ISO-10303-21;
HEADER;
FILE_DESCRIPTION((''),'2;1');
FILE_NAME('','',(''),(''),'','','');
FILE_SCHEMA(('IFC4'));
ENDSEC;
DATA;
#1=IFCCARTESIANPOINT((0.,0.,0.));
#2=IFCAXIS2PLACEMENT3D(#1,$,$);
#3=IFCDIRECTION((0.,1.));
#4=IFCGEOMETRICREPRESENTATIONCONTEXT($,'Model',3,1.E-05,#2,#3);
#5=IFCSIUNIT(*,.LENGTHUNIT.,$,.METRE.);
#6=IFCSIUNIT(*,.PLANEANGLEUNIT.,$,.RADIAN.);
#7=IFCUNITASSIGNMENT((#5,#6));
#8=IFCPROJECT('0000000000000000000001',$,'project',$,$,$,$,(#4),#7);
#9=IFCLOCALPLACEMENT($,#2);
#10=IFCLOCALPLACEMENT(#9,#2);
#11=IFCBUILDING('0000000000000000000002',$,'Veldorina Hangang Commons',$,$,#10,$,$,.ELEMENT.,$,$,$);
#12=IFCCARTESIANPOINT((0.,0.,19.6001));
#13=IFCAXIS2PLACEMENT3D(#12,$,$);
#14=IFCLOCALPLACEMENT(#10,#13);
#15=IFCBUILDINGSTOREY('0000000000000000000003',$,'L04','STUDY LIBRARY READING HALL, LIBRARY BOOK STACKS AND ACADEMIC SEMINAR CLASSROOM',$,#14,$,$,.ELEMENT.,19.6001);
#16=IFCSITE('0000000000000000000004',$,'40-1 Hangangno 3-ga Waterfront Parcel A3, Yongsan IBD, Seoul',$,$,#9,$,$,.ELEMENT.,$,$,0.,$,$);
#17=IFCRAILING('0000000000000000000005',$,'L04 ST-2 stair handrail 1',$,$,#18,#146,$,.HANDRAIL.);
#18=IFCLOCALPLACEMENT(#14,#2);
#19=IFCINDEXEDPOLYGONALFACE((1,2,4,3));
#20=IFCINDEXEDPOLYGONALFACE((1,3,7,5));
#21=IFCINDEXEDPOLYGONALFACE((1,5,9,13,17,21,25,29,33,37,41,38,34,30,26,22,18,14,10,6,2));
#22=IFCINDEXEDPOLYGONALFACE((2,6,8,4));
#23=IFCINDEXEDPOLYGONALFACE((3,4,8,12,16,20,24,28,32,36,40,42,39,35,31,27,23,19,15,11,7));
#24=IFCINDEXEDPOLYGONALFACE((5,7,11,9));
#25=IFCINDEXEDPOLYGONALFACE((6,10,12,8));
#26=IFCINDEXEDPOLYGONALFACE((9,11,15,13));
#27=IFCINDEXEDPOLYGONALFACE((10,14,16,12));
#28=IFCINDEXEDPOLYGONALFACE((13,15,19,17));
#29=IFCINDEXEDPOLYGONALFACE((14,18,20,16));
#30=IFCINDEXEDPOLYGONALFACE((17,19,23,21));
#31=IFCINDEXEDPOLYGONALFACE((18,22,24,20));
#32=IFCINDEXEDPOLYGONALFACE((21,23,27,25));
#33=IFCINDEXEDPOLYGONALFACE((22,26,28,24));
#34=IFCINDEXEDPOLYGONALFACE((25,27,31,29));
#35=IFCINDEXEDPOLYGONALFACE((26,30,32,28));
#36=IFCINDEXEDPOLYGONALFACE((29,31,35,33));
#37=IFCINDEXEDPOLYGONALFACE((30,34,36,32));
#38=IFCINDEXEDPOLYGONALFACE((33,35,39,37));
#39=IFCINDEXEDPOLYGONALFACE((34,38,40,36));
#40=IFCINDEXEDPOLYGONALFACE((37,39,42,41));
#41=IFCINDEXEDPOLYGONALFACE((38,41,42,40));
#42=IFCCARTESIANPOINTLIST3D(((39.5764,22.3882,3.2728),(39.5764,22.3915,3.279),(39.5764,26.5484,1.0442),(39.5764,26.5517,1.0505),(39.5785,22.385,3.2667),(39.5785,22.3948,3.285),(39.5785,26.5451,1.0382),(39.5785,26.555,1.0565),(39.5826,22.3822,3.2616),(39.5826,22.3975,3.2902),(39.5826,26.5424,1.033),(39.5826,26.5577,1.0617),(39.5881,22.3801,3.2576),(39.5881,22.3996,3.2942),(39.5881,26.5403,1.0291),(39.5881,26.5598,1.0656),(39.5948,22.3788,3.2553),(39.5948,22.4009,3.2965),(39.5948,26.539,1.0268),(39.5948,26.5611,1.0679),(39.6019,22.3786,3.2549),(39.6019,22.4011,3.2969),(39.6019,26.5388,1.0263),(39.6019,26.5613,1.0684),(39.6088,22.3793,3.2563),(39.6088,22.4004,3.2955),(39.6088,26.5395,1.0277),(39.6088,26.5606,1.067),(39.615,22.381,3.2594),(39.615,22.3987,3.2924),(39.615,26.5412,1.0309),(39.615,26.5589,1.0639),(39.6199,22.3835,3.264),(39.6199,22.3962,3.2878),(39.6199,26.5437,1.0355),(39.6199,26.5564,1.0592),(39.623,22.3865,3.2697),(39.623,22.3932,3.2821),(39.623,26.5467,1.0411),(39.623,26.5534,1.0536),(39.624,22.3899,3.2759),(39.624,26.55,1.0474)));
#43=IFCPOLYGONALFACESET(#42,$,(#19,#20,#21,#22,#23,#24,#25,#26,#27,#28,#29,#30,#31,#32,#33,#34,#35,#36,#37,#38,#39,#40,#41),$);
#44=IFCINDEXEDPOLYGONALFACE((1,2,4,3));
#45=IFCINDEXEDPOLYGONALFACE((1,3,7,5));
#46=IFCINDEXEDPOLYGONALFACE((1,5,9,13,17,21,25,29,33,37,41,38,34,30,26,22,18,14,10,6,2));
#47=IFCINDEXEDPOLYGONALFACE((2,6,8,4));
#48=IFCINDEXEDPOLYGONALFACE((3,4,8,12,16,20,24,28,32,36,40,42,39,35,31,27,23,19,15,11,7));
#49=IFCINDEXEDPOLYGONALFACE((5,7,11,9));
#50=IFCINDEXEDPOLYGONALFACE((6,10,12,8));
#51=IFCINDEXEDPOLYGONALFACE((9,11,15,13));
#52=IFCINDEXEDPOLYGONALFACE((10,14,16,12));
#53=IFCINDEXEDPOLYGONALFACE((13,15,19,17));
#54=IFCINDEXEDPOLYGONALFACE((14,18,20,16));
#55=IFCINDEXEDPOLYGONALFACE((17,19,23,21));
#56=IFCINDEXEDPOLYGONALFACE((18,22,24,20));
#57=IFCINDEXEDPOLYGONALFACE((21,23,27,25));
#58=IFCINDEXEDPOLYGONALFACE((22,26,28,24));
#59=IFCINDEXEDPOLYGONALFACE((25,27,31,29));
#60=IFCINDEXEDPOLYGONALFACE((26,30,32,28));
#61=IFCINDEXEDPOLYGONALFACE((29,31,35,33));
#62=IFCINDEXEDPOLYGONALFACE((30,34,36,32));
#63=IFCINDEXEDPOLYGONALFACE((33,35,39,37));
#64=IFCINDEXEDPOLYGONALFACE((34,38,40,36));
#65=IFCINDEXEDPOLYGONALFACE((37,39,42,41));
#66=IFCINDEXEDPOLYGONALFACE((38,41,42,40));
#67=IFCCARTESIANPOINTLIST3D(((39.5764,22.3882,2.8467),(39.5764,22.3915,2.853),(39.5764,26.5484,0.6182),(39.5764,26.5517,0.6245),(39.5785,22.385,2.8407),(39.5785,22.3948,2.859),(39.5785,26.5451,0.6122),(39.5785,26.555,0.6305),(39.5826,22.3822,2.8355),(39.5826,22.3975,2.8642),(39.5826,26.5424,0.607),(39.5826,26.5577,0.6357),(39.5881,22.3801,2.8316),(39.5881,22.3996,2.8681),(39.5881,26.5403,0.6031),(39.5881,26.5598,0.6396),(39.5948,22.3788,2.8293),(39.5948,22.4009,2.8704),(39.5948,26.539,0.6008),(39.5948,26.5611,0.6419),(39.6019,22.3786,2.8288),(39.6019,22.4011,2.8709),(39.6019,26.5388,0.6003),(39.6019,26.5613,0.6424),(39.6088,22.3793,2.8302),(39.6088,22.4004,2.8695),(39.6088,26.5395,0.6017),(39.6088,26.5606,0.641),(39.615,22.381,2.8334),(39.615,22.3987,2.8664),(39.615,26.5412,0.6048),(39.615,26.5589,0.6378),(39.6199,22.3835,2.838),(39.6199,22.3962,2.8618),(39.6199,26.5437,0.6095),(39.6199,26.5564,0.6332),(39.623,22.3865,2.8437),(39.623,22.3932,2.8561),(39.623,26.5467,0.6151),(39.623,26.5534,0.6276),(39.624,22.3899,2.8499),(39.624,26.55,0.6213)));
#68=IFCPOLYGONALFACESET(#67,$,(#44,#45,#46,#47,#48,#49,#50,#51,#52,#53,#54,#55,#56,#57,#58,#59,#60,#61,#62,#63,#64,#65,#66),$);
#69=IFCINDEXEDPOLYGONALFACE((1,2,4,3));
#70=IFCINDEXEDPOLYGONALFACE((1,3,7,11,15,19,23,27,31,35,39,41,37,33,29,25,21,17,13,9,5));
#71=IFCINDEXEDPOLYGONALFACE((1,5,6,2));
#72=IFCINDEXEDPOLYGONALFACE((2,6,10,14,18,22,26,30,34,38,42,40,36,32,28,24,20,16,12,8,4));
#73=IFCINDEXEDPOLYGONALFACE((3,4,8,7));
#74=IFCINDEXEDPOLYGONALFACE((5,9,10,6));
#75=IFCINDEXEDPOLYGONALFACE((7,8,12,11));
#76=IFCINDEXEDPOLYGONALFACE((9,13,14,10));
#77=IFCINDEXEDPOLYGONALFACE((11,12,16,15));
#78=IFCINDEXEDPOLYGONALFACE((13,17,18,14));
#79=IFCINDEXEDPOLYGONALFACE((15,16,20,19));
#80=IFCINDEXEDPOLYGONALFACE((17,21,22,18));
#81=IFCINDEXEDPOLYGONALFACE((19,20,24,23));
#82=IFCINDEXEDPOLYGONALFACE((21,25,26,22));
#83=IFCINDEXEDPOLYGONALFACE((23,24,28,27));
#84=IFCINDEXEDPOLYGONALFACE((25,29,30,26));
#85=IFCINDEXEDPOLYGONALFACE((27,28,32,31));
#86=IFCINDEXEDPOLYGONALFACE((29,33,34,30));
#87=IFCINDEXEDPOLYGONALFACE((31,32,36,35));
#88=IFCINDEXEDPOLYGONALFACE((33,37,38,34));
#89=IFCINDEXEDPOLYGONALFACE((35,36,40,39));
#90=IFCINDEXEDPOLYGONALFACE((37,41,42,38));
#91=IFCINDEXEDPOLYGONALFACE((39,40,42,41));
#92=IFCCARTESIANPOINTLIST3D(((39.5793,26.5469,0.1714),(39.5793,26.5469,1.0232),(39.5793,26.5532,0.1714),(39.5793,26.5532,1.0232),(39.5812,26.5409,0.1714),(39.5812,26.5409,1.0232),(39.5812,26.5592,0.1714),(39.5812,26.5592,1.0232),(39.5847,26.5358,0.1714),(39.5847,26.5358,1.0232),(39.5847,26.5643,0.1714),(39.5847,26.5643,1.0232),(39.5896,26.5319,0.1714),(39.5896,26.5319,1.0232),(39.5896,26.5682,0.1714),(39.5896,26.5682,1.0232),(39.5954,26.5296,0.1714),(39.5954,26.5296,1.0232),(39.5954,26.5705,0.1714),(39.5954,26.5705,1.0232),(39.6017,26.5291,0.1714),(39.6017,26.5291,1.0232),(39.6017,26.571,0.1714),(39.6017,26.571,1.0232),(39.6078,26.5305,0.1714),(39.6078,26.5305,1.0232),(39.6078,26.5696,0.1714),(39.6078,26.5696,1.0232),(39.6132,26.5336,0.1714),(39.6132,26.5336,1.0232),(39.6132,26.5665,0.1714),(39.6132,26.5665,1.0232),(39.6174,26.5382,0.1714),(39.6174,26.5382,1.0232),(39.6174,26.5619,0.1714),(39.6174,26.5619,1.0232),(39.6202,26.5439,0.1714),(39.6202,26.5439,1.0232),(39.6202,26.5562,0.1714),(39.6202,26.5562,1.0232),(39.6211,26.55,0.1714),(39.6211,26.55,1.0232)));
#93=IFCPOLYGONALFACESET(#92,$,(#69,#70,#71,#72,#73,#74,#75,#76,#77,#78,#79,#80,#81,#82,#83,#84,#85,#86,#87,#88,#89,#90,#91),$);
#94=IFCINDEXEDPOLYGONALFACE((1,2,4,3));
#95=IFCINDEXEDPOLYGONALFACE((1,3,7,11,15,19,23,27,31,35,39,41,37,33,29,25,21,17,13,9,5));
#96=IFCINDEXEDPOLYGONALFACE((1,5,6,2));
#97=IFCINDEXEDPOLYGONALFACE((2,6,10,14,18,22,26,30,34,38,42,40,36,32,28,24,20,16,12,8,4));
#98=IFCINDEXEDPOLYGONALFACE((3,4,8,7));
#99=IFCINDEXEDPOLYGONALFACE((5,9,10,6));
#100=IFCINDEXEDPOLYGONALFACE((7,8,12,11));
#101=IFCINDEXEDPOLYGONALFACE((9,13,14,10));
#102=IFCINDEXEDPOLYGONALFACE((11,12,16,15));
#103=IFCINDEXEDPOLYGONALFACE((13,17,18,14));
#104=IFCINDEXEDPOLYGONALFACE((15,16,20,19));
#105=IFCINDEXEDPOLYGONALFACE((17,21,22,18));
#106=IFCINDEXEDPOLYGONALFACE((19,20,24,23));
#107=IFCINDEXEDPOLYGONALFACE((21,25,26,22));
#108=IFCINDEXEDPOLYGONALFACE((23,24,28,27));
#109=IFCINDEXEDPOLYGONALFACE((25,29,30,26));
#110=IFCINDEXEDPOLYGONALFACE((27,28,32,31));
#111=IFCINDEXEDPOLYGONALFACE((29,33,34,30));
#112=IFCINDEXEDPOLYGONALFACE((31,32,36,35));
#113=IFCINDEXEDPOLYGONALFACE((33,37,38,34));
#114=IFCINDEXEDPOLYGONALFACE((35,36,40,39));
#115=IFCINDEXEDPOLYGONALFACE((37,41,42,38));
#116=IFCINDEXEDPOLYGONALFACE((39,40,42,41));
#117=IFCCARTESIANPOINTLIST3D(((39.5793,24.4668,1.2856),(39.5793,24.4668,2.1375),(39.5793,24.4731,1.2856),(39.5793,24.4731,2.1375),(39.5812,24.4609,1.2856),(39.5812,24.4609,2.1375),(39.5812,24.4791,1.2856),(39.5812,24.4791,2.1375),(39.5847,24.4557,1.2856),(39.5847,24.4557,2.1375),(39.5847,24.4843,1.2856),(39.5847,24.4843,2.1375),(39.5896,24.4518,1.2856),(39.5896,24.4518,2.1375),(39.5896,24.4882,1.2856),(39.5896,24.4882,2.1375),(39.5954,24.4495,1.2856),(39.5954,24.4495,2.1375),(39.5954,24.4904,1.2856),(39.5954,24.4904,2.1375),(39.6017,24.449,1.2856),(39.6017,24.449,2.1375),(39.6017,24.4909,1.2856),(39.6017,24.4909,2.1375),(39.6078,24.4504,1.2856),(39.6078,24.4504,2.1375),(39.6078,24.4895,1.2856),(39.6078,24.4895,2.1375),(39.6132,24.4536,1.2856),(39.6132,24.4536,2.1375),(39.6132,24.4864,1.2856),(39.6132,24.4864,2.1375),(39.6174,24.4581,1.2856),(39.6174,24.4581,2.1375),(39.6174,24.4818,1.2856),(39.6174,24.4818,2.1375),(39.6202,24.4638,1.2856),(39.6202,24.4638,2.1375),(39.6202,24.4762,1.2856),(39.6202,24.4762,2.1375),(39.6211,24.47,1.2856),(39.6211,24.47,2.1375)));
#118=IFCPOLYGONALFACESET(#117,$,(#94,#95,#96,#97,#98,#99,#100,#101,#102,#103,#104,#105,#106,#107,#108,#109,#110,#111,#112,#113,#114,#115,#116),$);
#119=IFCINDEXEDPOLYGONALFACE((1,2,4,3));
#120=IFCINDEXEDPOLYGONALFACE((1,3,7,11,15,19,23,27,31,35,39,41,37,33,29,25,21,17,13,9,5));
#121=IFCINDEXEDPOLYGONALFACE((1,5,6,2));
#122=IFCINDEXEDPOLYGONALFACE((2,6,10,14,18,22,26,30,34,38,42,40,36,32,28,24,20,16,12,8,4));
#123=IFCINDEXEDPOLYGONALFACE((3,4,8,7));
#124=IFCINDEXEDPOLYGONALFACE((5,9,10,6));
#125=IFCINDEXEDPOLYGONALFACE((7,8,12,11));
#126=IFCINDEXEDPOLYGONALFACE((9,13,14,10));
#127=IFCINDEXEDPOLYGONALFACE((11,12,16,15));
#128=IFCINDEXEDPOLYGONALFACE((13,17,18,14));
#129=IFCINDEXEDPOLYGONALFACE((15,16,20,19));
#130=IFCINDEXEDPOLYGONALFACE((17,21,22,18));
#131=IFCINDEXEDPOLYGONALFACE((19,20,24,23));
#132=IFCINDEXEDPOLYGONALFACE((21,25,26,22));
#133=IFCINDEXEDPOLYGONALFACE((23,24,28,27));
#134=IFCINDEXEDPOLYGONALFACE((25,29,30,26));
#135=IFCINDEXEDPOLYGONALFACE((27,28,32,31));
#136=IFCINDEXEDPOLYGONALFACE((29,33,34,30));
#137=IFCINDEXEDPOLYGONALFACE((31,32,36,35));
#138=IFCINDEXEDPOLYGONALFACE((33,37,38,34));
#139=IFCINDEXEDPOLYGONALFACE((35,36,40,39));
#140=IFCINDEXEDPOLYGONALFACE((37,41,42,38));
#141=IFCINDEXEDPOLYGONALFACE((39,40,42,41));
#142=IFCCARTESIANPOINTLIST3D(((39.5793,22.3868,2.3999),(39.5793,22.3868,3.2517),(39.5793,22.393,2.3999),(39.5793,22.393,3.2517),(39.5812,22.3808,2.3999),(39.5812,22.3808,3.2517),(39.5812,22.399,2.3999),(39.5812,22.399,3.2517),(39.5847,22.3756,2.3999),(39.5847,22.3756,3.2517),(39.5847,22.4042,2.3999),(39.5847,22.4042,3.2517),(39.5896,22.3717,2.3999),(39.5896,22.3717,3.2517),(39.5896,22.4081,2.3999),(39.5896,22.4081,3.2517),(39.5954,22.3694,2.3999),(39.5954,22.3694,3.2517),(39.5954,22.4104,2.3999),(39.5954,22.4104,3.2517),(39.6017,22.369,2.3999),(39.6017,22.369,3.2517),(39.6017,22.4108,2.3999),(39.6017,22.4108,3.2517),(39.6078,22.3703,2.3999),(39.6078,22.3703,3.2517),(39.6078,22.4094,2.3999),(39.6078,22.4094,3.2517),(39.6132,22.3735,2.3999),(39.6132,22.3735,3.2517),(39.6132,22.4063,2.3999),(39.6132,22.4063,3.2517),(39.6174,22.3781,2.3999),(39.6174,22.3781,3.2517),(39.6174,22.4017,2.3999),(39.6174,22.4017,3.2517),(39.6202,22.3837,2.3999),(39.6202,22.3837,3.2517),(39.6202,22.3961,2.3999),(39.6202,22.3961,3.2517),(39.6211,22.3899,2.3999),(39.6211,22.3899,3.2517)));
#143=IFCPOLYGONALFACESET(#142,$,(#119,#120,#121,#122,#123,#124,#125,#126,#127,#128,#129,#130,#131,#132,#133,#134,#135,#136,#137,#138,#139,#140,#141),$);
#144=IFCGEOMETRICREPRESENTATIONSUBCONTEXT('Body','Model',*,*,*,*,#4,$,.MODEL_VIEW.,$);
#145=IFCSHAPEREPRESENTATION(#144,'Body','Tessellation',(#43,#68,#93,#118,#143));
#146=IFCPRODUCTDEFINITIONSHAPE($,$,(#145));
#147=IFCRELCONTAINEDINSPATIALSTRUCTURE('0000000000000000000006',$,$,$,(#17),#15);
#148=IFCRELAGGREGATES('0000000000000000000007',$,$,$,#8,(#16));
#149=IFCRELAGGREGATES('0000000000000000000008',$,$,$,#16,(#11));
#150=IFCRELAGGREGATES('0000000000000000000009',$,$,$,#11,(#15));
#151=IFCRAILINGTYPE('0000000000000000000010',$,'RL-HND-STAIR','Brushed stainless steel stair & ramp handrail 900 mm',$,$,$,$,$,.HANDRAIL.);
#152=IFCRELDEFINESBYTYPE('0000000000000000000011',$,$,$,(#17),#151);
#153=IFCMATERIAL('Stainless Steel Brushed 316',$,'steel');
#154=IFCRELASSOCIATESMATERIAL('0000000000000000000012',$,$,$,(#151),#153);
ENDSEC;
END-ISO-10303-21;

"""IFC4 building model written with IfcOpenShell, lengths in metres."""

from ifc_helpers import new_model, si_unit, direction, frame, origin, origin_2d, place, context, subcontext, project, spatial, circle, extrude, material, type_object, element, save


model = new_model("IFC4")

# Units and contexts
model_context = context("Model", 3, precision=1e-05, world=origin(), true_north=direction((0.0, 1.0)))
body_context = subcontext(model_context, "Body", "Model", "MODEL_VIEW")
ifc_project = project(units=[si_unit("LENGTHUNIT", "METRE"), si_unit("PLANEANGLEUNIT", "RADIAN")], contexts=[model_context])

# Site, building, storey
site_placement = place(None, origin())
site = spatial("IfcSite", under=ifc_project, at=site_placement, Name="40-1 Hangangno 3-ga Waterfront Parcel A3, Yongsan IBD, Seoul", CompositionType="ELEMENT", RefElevation=0.0)
building_placement = place(site_placement, origin())
building = spatial("IfcBuilding", under=site, at=building_placement, Name="Veldorina Hangang Commons", CompositionType="ELEMENT")
storey_placement = place(building_placement, frame((0.0, 0.0, 19.6001)))
storey = spatial("IfcBuildingStorey", under=building, at=storey_placement, Name="L04", Description="STUDY LIBRARY READING HALL, LIBRARY BOOK STACKS AND ACADEMIC SEMINAR CLASSROOM", CompositionType="ELEMENT", Elevation=19.6001)

# Railing
ifc_material_1 = material(Name="Stainless Steel Brushed 316", Category="steel")
railing_type_1 = type_object("IfcRailingType", Name="RL-HND-STAIR", Description="Brushed stainless steel stair & ramp handrail 900 mm", PredefinedType="HANDRAIL", material=ifc_material_1)
railing_1_placement = place(storey_placement, frame((39.6001, 26.55, 0.1714)))
element("IfcRailing", 1, at=railing_1_placement, inside=storey, type_object=railing_type_1, Name="L04 ST-2 stair handrail 1", PredefinedType="HANDRAIL", context=body_context, shape_type="SweptSolid", body=[
    extrude(circle(Radius=0.0239, at=origin_2d()), frame((0.0, 0.0, 0.876), z_axis=(0.0, -0.881492, 0.472198), x_axis=(1.0, 0.0, 0.0)), (0.0, 0.0, 1.0), 4.7195),
    extrude(circle(Radius=0.0239, at=origin_2d()), frame((0.0, 0.0, 0.45), z_axis=(0.0, -0.881492, 0.472198), x_axis=(1.0, 0.0, 0.0)), (0.0, 0.0, 1.0), 4.7195),
    extrude(circle(Radius=0.021, at=origin_2d()), origin(), (0.0, 0.0, 1.0), 0.8518),
    extrude(circle(Radius=0.021, at=origin_2d()), frame((0.0, -2.0801, 1.1143)), (0.0, 0.0, 1.0), 0.8518),
    extrude(circle(Radius=0.021, at=origin_2d()), frame((0.0, -4.1602, 2.2285)), (0.0, 0.0, 1.0), 0.8518),
])

save(model, "model.ifc")
